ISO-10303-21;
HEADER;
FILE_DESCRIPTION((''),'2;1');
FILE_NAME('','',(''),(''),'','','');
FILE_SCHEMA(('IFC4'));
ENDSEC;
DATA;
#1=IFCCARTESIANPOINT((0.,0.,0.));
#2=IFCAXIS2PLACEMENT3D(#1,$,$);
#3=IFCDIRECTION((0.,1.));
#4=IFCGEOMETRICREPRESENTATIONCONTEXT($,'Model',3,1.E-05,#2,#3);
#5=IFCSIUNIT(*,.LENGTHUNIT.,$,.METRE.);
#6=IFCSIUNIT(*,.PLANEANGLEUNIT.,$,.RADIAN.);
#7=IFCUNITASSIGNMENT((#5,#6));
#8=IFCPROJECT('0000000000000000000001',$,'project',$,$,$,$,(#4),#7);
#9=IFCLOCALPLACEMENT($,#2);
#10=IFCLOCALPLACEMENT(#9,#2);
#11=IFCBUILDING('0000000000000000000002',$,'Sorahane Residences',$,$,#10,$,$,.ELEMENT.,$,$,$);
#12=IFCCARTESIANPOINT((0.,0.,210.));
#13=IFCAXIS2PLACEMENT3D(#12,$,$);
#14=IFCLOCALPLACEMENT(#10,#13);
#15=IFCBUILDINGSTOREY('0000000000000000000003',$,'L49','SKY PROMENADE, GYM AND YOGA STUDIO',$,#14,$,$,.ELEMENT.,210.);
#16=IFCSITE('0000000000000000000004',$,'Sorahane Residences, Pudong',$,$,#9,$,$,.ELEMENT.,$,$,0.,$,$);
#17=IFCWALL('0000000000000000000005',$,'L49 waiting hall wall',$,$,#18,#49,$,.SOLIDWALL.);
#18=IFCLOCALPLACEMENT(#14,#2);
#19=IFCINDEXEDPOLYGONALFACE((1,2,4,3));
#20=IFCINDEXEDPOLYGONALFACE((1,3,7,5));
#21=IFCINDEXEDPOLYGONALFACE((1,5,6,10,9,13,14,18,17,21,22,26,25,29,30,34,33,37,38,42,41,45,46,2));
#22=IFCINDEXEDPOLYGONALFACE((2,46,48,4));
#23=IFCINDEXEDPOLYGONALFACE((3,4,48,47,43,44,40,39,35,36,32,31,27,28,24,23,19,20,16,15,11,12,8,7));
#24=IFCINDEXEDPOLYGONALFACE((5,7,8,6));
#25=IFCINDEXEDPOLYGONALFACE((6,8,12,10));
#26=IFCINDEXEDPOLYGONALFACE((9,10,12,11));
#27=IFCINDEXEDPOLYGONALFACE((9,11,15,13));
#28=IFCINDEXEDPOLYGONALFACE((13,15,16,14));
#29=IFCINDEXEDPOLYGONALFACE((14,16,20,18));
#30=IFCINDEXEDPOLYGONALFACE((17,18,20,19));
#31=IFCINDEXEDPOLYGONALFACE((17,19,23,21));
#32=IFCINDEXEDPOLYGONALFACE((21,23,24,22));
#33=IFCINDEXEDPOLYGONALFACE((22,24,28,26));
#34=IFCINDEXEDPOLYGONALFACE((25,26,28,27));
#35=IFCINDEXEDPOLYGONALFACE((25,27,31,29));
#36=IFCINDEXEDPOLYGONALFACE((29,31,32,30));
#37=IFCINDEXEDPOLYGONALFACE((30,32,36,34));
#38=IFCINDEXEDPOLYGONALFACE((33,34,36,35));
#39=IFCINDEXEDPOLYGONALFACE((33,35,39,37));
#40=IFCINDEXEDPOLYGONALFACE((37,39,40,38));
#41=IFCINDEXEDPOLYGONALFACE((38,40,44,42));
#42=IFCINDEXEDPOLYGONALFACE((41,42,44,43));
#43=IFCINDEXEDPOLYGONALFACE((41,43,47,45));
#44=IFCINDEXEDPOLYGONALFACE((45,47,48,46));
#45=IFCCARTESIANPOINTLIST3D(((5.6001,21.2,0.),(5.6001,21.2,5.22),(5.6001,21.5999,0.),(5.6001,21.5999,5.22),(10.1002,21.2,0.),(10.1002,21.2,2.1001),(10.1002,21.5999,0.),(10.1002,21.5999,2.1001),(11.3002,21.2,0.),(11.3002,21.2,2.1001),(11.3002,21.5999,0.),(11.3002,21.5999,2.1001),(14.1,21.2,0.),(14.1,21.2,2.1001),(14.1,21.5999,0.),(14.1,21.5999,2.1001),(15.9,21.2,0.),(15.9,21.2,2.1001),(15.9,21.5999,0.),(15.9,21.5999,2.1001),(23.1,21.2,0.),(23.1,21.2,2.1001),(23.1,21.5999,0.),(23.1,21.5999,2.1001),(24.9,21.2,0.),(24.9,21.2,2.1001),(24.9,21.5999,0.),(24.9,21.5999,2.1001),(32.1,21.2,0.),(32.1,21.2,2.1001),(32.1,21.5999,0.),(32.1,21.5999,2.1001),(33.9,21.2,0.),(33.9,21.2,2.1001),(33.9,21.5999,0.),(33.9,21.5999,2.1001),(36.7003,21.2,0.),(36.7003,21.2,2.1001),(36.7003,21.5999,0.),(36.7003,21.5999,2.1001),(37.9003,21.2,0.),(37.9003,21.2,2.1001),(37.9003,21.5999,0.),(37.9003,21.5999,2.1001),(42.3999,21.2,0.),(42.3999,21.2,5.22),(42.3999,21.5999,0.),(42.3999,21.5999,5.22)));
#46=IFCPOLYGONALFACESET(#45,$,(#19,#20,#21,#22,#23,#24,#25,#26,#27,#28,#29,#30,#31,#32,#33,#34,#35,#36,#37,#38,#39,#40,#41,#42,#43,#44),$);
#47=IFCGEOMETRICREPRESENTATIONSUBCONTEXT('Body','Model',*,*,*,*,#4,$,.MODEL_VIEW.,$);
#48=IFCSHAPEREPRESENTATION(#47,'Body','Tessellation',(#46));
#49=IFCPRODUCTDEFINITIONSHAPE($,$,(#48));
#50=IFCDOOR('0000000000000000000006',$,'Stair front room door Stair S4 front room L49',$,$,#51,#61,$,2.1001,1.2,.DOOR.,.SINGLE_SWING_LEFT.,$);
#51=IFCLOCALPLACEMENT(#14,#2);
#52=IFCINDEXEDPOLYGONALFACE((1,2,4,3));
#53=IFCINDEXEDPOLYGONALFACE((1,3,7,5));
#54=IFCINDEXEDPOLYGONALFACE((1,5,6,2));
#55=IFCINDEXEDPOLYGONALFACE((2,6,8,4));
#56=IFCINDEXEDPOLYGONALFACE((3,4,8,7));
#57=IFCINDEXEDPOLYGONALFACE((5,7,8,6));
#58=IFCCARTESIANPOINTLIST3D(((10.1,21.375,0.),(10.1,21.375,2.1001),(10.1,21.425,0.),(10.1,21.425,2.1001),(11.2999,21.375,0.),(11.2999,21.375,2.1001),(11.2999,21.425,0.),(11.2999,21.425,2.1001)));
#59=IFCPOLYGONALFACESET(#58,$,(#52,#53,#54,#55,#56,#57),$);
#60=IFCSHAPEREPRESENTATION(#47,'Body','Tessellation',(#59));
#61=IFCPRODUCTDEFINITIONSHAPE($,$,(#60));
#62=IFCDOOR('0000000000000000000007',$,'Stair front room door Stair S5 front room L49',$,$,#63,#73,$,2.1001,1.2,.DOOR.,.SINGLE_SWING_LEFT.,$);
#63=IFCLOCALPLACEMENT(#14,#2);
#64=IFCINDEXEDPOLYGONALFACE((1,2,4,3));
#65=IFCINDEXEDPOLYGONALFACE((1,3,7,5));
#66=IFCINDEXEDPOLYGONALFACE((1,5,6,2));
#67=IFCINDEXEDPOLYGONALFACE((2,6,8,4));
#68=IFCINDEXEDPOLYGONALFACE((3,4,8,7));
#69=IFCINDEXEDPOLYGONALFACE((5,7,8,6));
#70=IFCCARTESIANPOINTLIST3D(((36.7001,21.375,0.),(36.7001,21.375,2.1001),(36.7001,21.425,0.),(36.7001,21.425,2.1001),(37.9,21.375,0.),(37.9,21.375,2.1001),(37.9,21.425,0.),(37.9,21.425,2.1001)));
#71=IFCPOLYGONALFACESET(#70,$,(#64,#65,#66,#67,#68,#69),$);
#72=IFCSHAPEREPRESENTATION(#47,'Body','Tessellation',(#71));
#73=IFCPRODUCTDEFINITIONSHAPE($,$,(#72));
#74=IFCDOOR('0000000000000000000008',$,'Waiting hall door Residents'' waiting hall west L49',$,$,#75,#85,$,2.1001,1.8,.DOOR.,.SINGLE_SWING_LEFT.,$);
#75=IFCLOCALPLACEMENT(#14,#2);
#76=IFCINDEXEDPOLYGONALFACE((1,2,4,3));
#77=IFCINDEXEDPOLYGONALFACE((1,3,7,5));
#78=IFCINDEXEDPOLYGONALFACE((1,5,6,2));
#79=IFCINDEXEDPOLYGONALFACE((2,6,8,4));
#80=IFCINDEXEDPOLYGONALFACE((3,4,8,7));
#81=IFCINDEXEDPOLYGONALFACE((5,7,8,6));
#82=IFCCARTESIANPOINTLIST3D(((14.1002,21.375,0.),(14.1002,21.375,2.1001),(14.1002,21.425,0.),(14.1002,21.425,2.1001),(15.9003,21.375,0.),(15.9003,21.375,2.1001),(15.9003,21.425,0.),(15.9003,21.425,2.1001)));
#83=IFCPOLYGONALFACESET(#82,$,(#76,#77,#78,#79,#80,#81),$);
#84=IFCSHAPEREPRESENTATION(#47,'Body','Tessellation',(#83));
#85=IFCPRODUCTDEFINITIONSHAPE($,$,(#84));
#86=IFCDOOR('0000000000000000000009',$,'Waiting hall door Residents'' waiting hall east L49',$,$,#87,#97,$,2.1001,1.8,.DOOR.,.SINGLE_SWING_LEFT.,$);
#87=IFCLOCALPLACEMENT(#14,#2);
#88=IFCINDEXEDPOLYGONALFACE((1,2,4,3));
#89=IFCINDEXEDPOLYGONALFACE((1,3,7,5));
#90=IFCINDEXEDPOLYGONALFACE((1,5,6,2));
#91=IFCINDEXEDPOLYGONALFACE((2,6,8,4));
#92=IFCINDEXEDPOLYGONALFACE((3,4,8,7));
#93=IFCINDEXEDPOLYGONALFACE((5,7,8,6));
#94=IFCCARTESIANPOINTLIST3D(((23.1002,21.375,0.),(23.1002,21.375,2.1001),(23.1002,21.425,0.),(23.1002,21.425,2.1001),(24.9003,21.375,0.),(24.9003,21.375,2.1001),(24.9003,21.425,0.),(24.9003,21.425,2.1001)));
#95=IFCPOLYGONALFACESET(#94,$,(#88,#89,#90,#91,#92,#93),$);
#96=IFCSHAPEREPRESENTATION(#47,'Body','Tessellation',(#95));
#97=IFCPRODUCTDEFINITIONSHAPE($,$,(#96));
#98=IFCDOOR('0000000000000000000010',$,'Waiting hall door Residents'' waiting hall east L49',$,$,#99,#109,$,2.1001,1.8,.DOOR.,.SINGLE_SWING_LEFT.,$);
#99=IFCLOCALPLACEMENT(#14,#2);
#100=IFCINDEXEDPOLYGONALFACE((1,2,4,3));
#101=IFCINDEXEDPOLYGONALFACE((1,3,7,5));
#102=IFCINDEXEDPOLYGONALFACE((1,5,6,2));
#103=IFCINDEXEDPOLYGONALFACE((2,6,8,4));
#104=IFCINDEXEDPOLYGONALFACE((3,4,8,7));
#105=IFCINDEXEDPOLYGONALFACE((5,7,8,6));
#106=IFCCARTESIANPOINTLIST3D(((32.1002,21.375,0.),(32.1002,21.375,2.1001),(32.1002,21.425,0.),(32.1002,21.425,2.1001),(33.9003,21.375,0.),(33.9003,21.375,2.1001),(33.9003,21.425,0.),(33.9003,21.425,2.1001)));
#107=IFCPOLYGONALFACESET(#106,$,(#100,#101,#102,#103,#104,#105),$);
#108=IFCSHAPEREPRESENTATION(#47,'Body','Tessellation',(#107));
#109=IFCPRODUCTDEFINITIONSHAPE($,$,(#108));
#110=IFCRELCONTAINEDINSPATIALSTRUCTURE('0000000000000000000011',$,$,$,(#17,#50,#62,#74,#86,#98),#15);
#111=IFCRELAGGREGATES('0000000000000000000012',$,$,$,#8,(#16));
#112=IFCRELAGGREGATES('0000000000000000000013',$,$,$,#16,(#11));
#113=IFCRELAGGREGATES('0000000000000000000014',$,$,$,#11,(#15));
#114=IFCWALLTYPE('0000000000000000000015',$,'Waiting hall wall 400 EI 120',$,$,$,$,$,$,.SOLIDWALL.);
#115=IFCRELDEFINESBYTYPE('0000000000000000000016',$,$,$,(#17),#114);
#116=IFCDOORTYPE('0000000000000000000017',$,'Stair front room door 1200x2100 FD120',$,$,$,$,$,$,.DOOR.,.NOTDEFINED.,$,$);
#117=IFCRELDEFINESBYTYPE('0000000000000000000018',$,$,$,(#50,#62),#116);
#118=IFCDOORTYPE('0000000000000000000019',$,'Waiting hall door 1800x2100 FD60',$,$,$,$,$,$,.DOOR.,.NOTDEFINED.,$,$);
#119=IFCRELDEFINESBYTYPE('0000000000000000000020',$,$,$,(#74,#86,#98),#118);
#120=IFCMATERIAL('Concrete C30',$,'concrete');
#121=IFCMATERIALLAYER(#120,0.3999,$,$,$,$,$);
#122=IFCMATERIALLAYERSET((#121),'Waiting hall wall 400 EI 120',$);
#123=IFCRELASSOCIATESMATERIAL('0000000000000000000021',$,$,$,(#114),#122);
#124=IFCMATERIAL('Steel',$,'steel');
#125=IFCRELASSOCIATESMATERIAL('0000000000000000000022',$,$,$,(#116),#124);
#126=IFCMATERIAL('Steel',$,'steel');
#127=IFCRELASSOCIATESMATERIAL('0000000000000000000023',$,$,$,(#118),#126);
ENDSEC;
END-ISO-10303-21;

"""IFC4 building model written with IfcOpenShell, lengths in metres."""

from ifc_helpers import new_model, si_unit, direction, frame, frame_2d, origin, place, context, subcontext, project, spatial, rectangle, extrude, material, layer, layer_set, type_object, element, fill, save


model = new_model("IFC4")

# Units and contexts
model_context = context("Model", 3, precision=1e-05, world=origin(), true_north=direction((0.0, 1.0)))
body_context = subcontext(model_context, "Body", "Model", "MODEL_VIEW")
ifc_project = project(units=[si_unit("LENGTHUNIT", "METRE"), si_unit("PLANEANGLEUNIT", "RADIAN")], contexts=[model_context])

# Site, building, storey
site_placement = place(None, origin())
site = spatial("IfcSite", under=ifc_project, at=site_placement, Name="Sorahane Residences, Pudong", CompositionType="ELEMENT", RefElevation=0.0)
building_placement = place(site_placement, origin())
building = spatial("IfcBuilding", under=site, at=building_placement, Name="Sorahane Residences", CompositionType="ELEMENT")
storey_placement = place(building_placement, frame((0.0, 0.0, 210.0)))
storey = spatial("IfcBuildingStorey", under=building, at=storey_placement, Name="L49", Description="SKY PROMENADE, GYM AND YOGA STUDIO", CompositionType="ELEMENT", Elevation=210.0)

# Wall, openings, doors
ifc_material_1 = material(Name="Concrete C30", Category="concrete")
ifc_layer_1 = layer(ifc_material_1, 0.3999)
ifc_layer_set_1 = layer_set([ifc_layer_1], Name="Waiting hall wall 400 EI 120")
wall_type_1 = type_object("IfcWallType", Name="Waiting hall wall 400 EI 120", PredefinedType="SOLIDWALL", material=ifc_layer_set_1)
wall_1_placement = place(storey_placement, frame((5.6001, 21.3999, 0.0), z_axis=(0.0, 0.0, 1.0), x_axis=(1.0, 0.0, 0.0)))
wall_1 = element("IfcWall", 1, at=wall_1_placement, inside=storey, type_object=wall_type_1, Name="L49 waiting hall wall", PredefinedType="SOLIDWALL", context=body_context, shape_type="SweptSolid", body=[
    extrude(rectangle(XDim=36.7998, YDim=0.3999, at=frame_2d((18.3999, 0.0))), origin(), (0.0, 0.0, 1.0), 5.22),
])
opening_1_placement = place(wall_1_placement, frame((8.5, 0.0, 0.0)))
opening_1 = element("IfcOpeningElement", 2, at=opening_1_placement, cuts=wall_1, PredefinedType="OPENING", context=body_context, shape_type="SweptSolid", body=[
    extrude(rectangle(XDim=1.8, YDim=2.1001, at=frame_2d((0.8999, 1.05))), frame((0.0, 0.21, 0.0), z_axis=(0.0, -1.0, 0.0), x_axis=(1.0, 0.0, 0.0)), (0.0, 0.0, 1.0), 0.4199),
])
opening_2_placement = place(wall_1_placement, frame((17.5, 0.0, 0.0)))
opening_2 = element("IfcOpeningElement", 3, at=opening_2_placement, cuts=wall_1, PredefinedType="OPENING", context=body_context, shape_type="SweptSolid", body=[
    extrude(rectangle(XDim=1.8, YDim=2.1001, at=frame_2d((0.8999, 1.05))), frame((0.0, 0.21, 0.0), z_axis=(0.0, -1.0, 0.0), x_axis=(1.0, 0.0, 0.0)), (0.0, 0.0, 1.0), 0.4199),
])
opening_3_placement = place(wall_1_placement, frame((26.5, 0.0, 0.0)))
opening_3 = element("IfcOpeningElement", 4, at=opening_3_placement, cuts=wall_1, PredefinedType="OPENING", context=body_context, shape_type="SweptSolid", body=[
    extrude(rectangle(XDim=1.8, YDim=2.1001, at=frame_2d((0.8999, 1.05))), frame((0.0, 0.21, 0.0), z_axis=(0.0, -1.0, 0.0), x_axis=(1.0, 0.0, 0.0)), (0.0, 0.0, 1.0), 0.4199),
])
opening_4_placement = place(wall_1_placement, frame((4.5, 0.0, 0.0)))
opening_4 = element("IfcOpeningElement", 5, at=opening_4_placement, cuts=wall_1, PredefinedType="OPENING", context=body_context, shape_type="SweptSolid", body=[
    extrude(rectangle(XDim=1.2, YDim=2.1001, at=frame_2d((0.6001, 1.05))), frame((0.0, 0.21, 0.0), z_axis=(0.0, -1.0, 0.0), x_axis=(1.0, 0.0, 0.0)), (0.0, 0.0, 1.0), 0.4199),
])
opening_5_placement = place(wall_1_placement, frame((31.1001, 0.0, 0.0)))
opening_5 = element("IfcOpeningElement", 6, at=opening_5_placement, cuts=wall_1, PredefinedType="OPENING", context=body_context, shape_type="SweptSolid", body=[
    extrude(rectangle(XDim=1.2, YDim=2.1001, at=frame_2d((0.6001, 1.05))), frame((0.0, 0.21, 0.0), z_axis=(0.0, -1.0, 0.0), x_axis=(1.0, 0.0, 0.0)), (0.0, 0.0, 1.0), 0.4199),
])
ifc_material_2 = material(Name="Steel", Category="steel")
door_type_1 = type_object("IfcDoorType", Name="Stair front room door 1200x2100 FD120", OperationType="NOTDEFINED", PredefinedType="DOOR", material=ifc_material_2)
door_1_placement = place(opening_4_placement, frame((1.2, 0.0, 0.0), z_axis=(0.0, 0.0, 1.0), x_axis=(-1.0, 0.0, 0.0)))
door_1 = element("IfcDoor", 7, at=door_1_placement, inside=storey, type_object=door_type_1, Name="Stair front room door Stair S4 front room L49", OperationType="SINGLE_SWING_LEFT", OverallHeight=2.1001, OverallWidth=1.2, PredefinedType="DOOR", context=body_context, shape_type="SweptSolid", body=[
    extrude(rectangle(XDim=1.2, YDim=2.1001, at=frame_2d((0.6001, 1.05))), frame((0.0, 0.0249, 0.0), z_axis=(0.0, -1.0, 0.0), x_axis=(1.0, 0.0, 0.0)), (0.0, 0.0, 1.0), 0.05),
])
fill(opening_4, door_1)
door_2_placement = place(opening_5_placement, frame((1.2, 0.0, 0.0), z_axis=(0.0, 0.0, 1.0), x_axis=(-1.0, 0.0, 0.0)))
door_2 = element("IfcDoor", 8, at=door_2_placement, inside=storey, type_object=door_type_1, Name="Stair front room door Stair S5 front room L49", OperationType="SINGLE_SWING_LEFT", OverallHeight=2.1001, OverallWidth=1.2, PredefinedType="DOOR", context=body_context, shape_type="SweptSolid", body=[
    extrude(rectangle(XDim=1.2, YDim=2.1001, at=frame_2d((0.6001, 1.05))), frame((0.0, 0.0249, 0.0), z_axis=(0.0, -1.0, 0.0), x_axis=(1.0, 0.0, 0.0)), (0.0, 0.0, 1.0), 0.05),
])
fill(opening_5, door_2)
ifc_material_3 = material(Name="Steel", Category="steel")
door_type_2 = type_object("IfcDoorType", Name="Waiting hall door 1800x2100 FD60", OperationType="NOTDEFINED", PredefinedType="DOOR", material=ifc_material_3)
door_3_placement = place(opening_1_placement, frame((1.8, 0.0, 0.0), z_axis=(0.0, 0.0, 1.0), x_axis=(-1.0, 0.0, 0.0)))
door_3 = element("IfcDoor", 9, at=door_3_placement, inside=storey, type_object=door_type_2, Name="Waiting hall door Residents' waiting hall west L49", OperationType="SINGLE_SWING_LEFT", OverallHeight=2.1001, OverallWidth=1.8, PredefinedType="DOOR", context=body_context, shape_type="SweptSolid", body=[
    extrude(rectangle(XDim=1.8, YDim=2.1001, at=frame_2d((0.8999, 1.05))), frame((0.0, 0.0249, 0.0), z_axis=(0.0, -1.0, 0.0), x_axis=(1.0, 0.0, 0.0)), (0.0, 0.0, 1.0), 0.05),
])
fill(opening_1, door_3)
door_4_placement = place(opening_2_placement, frame((1.8, 0.0, 0.0), z_axis=(0.0, 0.0, 1.0), x_axis=(-1.0, 0.0, 0.0)))
door_4 = element("IfcDoor", 10, at=door_4_placement, inside=storey, type_object=door_type_2, Name="Waiting hall door Residents' waiting hall east L49", OperationType="SINGLE_SWING_LEFT", OverallHeight=2.1001, OverallWidth=1.8, PredefinedType="DOOR", context=body_context, shape_type="SweptSolid", body=[
    extrude(rectangle(XDim=1.8, YDim=2.1001, at=frame_2d((0.8999, 1.05))), frame((0.0, 0.0249, 0.0), z_axis=(0.0, -1.0, 0.0), x_axis=(1.0, 0.0, 0.0)), (0.0, 0.0, 1.0), 0.05),
])
fill(opening_2, door_4)
door_5_placement = place(opening_3_placement, frame((1.8, 0.0, 0.0), z_axis=(0.0, 0.0, 1.0), x_axis=(-1.0, 0.0, 0.0)))
door_5 = element("IfcDoor", 11, at=door_5_placement, inside=storey, type_object=door_type_2, Name="Waiting hall door Residents' waiting hall east L49", OperationType="SINGLE_SWING_LEFT", OverallHeight=2.1001, OverallWidth=1.8, PredefinedType="DOOR", context=body_context, shape_type="SweptSolid", body=[
    extrude(rectangle(XDim=1.8, YDim=2.1001, at=frame_2d((0.8999, 1.05))), frame((0.0, 0.0249, 0.0), z_axis=(0.0, -1.0, 0.0), x_axis=(1.0, 0.0, 0.0)), (0.0, 0.0, 1.0), 0.05),
])
fill(opening_3, door_5)

save(model, "model.ifc")
